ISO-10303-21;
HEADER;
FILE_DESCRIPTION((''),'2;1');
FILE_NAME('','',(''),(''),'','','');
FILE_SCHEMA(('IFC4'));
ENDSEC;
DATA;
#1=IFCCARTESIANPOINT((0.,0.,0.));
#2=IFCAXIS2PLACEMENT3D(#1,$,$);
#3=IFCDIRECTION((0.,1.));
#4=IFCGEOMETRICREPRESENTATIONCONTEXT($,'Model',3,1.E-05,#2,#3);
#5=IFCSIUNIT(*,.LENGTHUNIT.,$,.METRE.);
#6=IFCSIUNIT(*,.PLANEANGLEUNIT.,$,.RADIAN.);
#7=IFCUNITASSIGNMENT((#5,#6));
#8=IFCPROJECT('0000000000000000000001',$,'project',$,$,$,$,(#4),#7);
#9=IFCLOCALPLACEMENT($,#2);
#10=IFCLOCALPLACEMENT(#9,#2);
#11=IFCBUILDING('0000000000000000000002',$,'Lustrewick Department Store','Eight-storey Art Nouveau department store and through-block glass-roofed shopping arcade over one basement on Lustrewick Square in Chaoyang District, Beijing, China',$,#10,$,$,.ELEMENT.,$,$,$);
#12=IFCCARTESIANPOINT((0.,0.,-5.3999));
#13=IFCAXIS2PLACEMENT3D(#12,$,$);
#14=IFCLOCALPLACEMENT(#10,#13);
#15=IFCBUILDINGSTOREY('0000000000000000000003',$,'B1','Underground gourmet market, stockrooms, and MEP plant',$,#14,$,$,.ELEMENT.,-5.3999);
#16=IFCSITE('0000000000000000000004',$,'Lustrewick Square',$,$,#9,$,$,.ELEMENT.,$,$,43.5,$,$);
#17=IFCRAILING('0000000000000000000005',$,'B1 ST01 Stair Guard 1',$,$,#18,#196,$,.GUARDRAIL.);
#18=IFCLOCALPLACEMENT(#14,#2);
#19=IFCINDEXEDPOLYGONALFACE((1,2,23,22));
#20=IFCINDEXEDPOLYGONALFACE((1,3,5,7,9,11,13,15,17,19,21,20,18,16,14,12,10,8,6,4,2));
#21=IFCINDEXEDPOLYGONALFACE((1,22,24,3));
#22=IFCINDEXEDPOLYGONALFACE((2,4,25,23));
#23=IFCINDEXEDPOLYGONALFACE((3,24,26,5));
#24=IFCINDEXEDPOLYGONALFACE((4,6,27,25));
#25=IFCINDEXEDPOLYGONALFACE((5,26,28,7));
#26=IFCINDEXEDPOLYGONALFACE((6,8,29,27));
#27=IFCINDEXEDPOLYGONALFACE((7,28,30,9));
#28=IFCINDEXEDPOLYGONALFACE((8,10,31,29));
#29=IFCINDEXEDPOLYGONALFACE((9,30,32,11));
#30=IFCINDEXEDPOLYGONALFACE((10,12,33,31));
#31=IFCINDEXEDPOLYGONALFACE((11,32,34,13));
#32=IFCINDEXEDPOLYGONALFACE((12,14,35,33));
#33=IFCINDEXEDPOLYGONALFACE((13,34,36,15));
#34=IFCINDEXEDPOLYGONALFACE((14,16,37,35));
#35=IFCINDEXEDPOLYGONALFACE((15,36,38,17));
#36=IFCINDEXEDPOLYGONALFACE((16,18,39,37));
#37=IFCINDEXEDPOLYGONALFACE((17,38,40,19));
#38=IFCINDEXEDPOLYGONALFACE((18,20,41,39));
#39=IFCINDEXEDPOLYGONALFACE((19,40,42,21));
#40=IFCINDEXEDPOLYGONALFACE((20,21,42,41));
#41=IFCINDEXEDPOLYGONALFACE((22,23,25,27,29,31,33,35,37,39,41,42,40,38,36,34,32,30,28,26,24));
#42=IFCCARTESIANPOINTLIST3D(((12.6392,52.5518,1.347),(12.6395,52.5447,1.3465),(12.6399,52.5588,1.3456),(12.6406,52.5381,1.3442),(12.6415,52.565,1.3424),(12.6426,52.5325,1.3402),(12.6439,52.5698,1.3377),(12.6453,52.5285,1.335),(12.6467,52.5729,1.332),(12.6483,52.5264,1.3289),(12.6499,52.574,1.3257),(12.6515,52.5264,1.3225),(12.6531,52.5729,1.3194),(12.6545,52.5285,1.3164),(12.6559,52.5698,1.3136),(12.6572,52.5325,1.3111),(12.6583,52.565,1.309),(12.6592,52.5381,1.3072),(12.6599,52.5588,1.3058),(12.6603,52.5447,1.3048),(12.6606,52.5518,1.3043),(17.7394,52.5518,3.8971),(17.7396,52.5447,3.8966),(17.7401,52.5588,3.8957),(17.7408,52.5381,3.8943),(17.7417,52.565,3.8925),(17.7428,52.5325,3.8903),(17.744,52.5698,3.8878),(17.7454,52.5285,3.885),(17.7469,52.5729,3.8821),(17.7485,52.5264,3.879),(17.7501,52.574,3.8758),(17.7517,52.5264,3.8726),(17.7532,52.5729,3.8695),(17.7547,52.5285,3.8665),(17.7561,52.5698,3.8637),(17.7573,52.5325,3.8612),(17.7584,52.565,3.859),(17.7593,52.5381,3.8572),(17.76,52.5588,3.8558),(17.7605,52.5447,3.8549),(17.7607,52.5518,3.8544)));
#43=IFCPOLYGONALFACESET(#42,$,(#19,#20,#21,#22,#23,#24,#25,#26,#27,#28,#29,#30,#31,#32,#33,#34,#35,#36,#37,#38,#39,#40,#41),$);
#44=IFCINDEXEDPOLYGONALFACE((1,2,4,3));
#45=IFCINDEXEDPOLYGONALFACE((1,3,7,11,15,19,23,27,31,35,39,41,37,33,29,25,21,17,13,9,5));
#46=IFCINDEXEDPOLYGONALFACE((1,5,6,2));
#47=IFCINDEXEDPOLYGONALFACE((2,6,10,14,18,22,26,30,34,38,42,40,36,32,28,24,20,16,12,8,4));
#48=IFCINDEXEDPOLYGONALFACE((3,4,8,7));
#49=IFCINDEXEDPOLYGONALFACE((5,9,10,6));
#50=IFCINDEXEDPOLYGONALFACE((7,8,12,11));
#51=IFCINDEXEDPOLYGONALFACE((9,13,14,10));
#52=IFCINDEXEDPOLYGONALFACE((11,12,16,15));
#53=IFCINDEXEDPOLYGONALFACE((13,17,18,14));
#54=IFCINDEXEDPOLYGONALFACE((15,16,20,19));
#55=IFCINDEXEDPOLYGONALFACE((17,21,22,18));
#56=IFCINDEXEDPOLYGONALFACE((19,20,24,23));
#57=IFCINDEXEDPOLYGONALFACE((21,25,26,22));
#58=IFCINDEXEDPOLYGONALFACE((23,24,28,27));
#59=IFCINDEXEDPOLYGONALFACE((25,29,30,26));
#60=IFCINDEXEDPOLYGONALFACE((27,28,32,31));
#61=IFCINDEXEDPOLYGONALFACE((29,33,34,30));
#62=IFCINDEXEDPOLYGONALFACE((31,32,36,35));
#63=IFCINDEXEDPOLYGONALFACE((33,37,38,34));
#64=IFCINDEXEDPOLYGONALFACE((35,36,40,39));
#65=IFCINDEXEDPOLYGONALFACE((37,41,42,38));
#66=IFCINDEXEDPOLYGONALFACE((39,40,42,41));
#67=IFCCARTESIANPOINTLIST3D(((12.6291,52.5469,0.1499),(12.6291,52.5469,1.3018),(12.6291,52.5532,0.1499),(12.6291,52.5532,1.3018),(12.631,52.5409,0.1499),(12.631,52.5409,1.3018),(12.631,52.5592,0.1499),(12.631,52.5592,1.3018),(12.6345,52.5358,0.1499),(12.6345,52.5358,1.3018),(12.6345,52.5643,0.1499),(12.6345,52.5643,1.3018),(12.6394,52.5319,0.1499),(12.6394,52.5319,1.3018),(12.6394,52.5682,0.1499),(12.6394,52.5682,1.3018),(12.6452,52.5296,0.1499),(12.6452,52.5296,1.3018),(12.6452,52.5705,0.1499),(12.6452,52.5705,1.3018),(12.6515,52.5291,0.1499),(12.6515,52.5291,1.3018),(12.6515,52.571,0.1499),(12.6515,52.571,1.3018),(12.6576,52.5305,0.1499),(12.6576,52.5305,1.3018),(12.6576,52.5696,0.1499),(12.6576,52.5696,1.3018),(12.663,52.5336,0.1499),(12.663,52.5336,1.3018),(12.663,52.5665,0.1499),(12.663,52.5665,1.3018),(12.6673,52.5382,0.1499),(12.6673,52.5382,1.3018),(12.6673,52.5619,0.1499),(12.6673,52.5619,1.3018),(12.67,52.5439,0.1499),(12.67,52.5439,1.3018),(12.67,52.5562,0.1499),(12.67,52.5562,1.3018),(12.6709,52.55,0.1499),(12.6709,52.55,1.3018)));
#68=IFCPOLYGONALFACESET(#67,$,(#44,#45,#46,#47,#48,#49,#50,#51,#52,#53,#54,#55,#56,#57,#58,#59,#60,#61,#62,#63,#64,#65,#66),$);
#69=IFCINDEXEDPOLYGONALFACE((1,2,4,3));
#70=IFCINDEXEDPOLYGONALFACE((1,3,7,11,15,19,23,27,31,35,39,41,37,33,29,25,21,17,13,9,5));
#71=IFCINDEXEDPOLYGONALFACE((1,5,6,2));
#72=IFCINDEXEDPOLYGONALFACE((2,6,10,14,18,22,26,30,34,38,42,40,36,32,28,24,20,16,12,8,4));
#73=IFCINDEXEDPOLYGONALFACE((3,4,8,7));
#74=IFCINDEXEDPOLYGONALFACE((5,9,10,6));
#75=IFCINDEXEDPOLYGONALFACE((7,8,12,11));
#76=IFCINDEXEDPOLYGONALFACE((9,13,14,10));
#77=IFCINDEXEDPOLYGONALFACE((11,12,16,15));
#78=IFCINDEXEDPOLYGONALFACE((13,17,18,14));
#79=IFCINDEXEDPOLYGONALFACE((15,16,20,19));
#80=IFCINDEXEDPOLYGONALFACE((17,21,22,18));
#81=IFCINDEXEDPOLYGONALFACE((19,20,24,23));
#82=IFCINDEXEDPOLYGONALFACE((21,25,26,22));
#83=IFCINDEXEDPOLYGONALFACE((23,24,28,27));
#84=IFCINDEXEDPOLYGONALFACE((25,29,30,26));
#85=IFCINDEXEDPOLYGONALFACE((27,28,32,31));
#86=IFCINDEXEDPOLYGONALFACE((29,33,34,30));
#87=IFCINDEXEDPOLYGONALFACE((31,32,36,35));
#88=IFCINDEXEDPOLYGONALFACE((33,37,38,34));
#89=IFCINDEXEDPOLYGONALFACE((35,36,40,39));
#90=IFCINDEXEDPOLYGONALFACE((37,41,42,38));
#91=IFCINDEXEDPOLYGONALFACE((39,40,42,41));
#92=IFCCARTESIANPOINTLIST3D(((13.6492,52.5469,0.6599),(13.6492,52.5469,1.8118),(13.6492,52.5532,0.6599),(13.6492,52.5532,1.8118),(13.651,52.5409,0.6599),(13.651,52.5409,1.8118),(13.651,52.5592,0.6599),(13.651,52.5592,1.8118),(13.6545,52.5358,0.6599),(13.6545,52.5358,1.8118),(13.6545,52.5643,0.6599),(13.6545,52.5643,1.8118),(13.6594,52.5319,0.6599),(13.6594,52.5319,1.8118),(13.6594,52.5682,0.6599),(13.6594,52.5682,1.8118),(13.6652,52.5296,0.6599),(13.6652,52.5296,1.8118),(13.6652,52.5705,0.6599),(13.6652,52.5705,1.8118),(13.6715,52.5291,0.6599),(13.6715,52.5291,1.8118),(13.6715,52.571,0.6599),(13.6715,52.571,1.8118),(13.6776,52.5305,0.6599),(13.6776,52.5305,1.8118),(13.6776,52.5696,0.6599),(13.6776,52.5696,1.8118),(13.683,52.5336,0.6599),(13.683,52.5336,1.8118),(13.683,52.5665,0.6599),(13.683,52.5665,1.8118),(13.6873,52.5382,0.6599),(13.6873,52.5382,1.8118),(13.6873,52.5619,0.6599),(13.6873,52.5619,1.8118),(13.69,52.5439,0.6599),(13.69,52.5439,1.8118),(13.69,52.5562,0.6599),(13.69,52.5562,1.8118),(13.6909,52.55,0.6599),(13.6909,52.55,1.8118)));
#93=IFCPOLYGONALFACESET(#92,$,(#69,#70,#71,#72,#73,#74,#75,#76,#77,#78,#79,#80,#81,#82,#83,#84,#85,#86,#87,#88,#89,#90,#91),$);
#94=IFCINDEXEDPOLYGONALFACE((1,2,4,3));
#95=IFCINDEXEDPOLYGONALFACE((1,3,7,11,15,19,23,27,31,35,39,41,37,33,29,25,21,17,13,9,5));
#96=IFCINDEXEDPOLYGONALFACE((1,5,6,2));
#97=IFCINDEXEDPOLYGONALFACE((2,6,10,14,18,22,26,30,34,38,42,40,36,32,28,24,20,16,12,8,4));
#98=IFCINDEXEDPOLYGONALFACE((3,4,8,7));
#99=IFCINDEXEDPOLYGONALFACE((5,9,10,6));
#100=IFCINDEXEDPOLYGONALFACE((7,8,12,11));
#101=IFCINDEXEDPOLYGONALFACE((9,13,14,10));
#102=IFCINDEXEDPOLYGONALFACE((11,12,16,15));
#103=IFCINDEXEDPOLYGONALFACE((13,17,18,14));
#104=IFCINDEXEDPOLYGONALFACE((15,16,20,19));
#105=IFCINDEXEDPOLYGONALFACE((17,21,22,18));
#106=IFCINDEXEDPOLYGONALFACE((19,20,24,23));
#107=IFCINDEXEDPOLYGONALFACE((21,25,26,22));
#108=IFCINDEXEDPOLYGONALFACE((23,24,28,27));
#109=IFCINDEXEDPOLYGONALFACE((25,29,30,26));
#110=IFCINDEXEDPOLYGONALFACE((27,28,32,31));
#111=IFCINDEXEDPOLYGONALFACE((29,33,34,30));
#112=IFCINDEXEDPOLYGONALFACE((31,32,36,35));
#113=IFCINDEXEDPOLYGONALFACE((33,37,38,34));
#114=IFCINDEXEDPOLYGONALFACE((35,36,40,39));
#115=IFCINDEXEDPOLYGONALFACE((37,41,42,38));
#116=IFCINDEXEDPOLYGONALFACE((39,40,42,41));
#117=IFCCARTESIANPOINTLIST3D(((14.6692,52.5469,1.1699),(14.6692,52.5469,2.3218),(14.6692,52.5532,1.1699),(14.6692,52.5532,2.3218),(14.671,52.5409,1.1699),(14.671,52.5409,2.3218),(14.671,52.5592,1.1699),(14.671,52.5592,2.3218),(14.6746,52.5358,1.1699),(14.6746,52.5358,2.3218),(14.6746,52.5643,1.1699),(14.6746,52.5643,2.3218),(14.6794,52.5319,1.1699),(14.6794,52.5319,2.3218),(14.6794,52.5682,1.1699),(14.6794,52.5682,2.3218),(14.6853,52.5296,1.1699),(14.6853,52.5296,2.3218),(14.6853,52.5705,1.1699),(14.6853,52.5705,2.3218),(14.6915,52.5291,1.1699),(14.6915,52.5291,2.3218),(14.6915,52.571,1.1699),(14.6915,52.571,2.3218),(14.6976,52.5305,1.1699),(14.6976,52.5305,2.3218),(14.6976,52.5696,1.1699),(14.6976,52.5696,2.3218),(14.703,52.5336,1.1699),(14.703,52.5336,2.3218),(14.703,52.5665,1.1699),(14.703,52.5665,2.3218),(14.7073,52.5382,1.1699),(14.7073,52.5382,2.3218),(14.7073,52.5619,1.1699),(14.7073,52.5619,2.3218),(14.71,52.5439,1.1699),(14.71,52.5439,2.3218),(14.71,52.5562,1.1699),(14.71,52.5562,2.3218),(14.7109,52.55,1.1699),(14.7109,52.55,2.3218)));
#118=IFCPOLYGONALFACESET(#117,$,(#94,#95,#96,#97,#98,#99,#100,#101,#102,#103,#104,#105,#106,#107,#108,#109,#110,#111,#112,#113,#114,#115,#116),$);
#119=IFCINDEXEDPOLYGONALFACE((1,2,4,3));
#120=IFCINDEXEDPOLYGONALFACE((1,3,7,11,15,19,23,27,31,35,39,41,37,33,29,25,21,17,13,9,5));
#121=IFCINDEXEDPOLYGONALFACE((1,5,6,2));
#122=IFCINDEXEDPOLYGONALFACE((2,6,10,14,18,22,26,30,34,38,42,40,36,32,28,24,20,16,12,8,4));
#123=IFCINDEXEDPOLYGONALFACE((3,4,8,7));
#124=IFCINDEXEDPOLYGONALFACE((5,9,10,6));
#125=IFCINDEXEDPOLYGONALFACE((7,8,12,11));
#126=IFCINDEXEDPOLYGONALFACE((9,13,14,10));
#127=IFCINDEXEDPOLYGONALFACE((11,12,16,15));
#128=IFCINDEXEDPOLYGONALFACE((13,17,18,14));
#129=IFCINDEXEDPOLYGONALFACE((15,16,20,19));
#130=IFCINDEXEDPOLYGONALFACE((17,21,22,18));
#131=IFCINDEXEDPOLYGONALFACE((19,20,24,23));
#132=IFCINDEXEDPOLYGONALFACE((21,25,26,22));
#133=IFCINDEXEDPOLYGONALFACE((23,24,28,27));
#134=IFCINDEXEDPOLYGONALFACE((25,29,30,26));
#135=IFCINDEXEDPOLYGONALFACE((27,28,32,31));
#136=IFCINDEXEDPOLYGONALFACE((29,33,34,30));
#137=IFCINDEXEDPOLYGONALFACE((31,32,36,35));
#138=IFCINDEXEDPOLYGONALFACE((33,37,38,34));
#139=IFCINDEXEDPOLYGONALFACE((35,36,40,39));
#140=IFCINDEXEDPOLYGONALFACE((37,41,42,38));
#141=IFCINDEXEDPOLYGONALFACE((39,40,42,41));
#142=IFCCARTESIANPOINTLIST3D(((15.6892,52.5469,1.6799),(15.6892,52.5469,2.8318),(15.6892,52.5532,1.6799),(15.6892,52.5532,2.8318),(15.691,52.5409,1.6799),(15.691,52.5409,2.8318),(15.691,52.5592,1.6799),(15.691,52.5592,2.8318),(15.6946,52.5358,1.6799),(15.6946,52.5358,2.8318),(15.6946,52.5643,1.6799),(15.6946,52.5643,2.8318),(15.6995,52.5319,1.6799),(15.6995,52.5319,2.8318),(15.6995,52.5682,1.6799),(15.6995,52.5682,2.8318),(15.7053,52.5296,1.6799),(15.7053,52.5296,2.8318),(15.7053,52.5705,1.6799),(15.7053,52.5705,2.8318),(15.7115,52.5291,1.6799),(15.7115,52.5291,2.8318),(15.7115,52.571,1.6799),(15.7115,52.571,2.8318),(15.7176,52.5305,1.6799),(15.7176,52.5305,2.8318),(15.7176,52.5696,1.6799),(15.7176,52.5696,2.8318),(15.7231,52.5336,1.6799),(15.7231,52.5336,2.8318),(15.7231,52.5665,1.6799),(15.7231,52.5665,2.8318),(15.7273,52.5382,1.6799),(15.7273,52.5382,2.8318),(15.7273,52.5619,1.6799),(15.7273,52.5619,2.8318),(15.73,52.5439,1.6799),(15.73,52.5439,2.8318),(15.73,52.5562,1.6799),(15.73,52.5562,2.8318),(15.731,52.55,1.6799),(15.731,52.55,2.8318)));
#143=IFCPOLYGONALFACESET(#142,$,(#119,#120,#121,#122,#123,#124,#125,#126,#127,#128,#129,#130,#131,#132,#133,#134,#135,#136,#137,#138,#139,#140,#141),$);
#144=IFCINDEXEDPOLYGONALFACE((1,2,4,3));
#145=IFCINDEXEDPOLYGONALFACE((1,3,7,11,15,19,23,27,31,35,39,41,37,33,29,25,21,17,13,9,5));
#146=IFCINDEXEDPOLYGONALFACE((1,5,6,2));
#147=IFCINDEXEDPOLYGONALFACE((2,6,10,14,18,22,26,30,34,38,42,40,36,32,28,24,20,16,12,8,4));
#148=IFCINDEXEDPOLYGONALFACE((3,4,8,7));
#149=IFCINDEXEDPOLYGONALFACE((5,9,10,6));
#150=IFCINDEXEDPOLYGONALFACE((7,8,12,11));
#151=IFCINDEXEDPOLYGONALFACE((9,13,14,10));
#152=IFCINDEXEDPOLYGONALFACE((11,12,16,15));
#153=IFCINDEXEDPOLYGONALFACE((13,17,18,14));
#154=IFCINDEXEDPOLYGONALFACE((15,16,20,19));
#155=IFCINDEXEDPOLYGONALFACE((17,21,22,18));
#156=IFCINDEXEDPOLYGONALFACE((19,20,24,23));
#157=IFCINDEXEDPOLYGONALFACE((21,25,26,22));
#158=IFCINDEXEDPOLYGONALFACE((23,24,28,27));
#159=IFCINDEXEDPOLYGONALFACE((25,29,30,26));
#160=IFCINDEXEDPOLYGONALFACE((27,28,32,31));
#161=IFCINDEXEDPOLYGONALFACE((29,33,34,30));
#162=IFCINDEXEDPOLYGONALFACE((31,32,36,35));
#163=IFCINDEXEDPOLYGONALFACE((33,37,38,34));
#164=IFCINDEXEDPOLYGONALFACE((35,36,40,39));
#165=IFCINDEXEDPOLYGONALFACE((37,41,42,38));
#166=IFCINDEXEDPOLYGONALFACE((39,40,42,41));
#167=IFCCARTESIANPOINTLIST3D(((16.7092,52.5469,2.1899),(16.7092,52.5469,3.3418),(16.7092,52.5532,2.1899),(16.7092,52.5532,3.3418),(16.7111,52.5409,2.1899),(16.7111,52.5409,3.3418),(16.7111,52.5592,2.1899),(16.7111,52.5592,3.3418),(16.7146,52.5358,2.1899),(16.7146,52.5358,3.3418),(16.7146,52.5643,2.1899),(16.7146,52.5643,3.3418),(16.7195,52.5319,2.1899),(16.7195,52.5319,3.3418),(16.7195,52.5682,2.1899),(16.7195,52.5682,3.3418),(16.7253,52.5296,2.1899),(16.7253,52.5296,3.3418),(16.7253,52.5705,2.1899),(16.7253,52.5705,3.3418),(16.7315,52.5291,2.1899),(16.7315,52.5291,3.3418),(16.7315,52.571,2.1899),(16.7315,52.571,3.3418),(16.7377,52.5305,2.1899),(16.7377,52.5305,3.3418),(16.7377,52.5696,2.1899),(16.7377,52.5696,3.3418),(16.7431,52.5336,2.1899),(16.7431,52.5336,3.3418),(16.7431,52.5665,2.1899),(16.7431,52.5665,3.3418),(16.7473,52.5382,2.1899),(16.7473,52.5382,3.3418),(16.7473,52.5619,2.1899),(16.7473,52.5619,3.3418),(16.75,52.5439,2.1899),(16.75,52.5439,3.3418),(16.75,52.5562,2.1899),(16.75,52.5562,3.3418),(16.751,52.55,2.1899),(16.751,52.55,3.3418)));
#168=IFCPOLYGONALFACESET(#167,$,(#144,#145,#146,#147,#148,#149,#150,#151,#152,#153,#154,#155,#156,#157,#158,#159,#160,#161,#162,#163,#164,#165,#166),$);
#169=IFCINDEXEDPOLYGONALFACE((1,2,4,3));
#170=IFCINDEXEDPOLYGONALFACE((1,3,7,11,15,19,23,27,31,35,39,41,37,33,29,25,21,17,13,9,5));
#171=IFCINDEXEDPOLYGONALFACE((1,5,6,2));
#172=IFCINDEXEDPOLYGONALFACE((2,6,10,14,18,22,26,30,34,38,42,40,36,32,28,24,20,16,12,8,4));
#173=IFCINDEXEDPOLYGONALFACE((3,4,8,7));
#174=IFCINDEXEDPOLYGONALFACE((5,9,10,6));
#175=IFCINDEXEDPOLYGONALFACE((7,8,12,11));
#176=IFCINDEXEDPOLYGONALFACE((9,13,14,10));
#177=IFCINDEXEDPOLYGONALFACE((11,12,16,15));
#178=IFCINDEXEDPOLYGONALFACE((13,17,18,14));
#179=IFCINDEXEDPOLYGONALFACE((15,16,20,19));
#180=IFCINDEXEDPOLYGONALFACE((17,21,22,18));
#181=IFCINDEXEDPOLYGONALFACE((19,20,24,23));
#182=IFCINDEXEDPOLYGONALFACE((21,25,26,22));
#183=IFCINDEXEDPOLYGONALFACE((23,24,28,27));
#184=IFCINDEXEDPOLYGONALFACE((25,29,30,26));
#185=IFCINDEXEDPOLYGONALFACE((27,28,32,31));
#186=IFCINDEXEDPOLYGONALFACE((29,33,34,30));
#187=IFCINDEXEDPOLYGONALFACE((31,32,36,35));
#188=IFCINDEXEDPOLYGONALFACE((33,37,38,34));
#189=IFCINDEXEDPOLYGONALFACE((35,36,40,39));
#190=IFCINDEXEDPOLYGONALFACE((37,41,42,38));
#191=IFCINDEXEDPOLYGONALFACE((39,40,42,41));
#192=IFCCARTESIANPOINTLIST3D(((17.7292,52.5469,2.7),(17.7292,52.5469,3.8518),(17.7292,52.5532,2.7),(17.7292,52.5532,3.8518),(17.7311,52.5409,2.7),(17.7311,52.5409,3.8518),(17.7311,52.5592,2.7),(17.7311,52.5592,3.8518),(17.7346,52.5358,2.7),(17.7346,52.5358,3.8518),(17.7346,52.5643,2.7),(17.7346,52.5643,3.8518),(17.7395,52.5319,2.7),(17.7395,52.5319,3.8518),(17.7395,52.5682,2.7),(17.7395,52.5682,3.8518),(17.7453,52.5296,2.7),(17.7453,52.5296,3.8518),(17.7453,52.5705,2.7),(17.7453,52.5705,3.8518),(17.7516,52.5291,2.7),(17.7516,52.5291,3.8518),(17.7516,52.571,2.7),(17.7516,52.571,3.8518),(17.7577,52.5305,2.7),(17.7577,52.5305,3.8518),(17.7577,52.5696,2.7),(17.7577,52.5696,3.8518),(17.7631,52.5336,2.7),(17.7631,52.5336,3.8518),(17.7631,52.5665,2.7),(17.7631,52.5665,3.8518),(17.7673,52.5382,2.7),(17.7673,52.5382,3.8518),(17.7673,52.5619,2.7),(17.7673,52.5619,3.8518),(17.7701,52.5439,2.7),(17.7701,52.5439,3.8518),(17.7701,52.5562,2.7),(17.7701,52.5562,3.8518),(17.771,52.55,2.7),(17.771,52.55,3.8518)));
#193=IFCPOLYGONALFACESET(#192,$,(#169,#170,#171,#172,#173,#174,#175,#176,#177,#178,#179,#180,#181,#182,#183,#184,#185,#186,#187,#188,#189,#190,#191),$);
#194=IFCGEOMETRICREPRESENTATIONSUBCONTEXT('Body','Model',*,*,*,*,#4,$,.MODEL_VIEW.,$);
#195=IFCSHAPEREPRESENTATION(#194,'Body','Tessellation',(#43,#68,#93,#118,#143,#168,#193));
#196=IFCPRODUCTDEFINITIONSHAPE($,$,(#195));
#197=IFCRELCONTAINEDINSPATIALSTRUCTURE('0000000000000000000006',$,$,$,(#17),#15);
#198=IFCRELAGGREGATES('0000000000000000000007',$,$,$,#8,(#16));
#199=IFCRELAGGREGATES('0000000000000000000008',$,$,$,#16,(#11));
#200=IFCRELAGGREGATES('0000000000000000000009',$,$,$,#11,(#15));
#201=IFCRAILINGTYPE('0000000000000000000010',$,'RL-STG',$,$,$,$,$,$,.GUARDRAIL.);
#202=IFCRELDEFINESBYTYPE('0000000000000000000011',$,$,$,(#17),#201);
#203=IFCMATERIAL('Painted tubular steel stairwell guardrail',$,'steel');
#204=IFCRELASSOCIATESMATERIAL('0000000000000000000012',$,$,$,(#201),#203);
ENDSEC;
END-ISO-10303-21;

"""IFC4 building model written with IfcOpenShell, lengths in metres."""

from ifc_helpers import new_model, si_unit, direction, frame, origin, origin_2d, place, context, subcontext, project, spatial, circle, extrude, material, type_object, element, save


model = new_model("IFC4")

# Units and contexts
model_context = context("Model", 3, precision=1e-05, world=origin(), true_north=direction((0.0, 1.0)))
body_context = subcontext(model_context, "Body", "Model", "MODEL_VIEW")
ifc_project = project(units=[si_unit("LENGTHUNIT", "METRE"), si_unit("PLANEANGLEUNIT", "RADIAN")], contexts=[model_context])

# Site, building, storey
site_placement = place(None, origin())
site = spatial("IfcSite", under=ifc_project, at=site_placement, Name="Lustrewick Square", CompositionType="ELEMENT", RefElevation=43.5)
building_placement = place(site_placement, origin())
building = spatial("IfcBuilding", under=site, at=building_placement, Name="Lustrewick Department Store", Description="Eight-storey Art Nouveau department store and through-block glass-roofed shopping arcade over one basement on Lustrewick Square in Chaoyang District, Beijing, China", CompositionType="ELEMENT")
storey_placement = place(building_placement, frame((0.0, 0.0, -5.3999)))
storey = spatial("IfcBuildingStorey", under=building, at=storey_placement, Name="B1", Description="Underground gourmet market, stockrooms, and MEP plant", CompositionType="ELEMENT", Elevation=-5.3999)

# Railing
ifc_material_1 = material(Name="Painted tubular steel stairwell guardrail", Category="steel")
railing_type_1 = type_object("IfcRailingType", Name="RL-STG", PredefinedType="GUARDRAIL", material=ifc_material_1)
railing_1_placement = place(storey_placement, frame((12.6499, 52.55, 0.1499)))
element("IfcRailing", 1, at=railing_1_placement, inside=storey, type_object=railing_type_1, Name="B1 ST01 Stair Guard 1", PredefinedType="GUARDRAIL", context=body_context, shape_type="SweptSolid", body=[
    extrude(circle(Radius=0.0239, at=origin_2d()), frame((0.0, 0.0, 1.1758), z_axis=(0.894427, 0.0, 0.447214), x_axis=(0.0, 1.0, 0.0)), (0.0, 0.0, 1.0), 5.7021),
    extrude(circle(Radius=0.021, at=origin_2d()), origin(), (0.0, 0.0, 1.0), 1.1519),
    extrude(circle(Radius=0.021, at=origin_2d()), frame((1.02, 0.0, 0.51)), (0.0, 0.0, 1.0), 1.1519),
    extrude(circle(Radius=0.021, at=origin_2d()), frame((2.04, 0.0, 1.02)), (0.0, 0.0, 1.0), 1.1519),
    extrude(circle(Radius=0.021, at=origin_2d()), frame((3.0601, 0.0, 1.53)), (0.0, 0.0, 1.0), 1.1519),
    extrude(circle(Radius=0.021, at=origin_2d()), frame((4.0801, 0.0, 2.04)), (0.0, 0.0, 1.0), 1.1519),
    extrude(circle(Radius=0.021, at=origin_2d()), frame((5.1001, 0.0, 2.55)), (0.0, 0.0, 1.0), 1.1519),
])

save(model, "model.ifc")
